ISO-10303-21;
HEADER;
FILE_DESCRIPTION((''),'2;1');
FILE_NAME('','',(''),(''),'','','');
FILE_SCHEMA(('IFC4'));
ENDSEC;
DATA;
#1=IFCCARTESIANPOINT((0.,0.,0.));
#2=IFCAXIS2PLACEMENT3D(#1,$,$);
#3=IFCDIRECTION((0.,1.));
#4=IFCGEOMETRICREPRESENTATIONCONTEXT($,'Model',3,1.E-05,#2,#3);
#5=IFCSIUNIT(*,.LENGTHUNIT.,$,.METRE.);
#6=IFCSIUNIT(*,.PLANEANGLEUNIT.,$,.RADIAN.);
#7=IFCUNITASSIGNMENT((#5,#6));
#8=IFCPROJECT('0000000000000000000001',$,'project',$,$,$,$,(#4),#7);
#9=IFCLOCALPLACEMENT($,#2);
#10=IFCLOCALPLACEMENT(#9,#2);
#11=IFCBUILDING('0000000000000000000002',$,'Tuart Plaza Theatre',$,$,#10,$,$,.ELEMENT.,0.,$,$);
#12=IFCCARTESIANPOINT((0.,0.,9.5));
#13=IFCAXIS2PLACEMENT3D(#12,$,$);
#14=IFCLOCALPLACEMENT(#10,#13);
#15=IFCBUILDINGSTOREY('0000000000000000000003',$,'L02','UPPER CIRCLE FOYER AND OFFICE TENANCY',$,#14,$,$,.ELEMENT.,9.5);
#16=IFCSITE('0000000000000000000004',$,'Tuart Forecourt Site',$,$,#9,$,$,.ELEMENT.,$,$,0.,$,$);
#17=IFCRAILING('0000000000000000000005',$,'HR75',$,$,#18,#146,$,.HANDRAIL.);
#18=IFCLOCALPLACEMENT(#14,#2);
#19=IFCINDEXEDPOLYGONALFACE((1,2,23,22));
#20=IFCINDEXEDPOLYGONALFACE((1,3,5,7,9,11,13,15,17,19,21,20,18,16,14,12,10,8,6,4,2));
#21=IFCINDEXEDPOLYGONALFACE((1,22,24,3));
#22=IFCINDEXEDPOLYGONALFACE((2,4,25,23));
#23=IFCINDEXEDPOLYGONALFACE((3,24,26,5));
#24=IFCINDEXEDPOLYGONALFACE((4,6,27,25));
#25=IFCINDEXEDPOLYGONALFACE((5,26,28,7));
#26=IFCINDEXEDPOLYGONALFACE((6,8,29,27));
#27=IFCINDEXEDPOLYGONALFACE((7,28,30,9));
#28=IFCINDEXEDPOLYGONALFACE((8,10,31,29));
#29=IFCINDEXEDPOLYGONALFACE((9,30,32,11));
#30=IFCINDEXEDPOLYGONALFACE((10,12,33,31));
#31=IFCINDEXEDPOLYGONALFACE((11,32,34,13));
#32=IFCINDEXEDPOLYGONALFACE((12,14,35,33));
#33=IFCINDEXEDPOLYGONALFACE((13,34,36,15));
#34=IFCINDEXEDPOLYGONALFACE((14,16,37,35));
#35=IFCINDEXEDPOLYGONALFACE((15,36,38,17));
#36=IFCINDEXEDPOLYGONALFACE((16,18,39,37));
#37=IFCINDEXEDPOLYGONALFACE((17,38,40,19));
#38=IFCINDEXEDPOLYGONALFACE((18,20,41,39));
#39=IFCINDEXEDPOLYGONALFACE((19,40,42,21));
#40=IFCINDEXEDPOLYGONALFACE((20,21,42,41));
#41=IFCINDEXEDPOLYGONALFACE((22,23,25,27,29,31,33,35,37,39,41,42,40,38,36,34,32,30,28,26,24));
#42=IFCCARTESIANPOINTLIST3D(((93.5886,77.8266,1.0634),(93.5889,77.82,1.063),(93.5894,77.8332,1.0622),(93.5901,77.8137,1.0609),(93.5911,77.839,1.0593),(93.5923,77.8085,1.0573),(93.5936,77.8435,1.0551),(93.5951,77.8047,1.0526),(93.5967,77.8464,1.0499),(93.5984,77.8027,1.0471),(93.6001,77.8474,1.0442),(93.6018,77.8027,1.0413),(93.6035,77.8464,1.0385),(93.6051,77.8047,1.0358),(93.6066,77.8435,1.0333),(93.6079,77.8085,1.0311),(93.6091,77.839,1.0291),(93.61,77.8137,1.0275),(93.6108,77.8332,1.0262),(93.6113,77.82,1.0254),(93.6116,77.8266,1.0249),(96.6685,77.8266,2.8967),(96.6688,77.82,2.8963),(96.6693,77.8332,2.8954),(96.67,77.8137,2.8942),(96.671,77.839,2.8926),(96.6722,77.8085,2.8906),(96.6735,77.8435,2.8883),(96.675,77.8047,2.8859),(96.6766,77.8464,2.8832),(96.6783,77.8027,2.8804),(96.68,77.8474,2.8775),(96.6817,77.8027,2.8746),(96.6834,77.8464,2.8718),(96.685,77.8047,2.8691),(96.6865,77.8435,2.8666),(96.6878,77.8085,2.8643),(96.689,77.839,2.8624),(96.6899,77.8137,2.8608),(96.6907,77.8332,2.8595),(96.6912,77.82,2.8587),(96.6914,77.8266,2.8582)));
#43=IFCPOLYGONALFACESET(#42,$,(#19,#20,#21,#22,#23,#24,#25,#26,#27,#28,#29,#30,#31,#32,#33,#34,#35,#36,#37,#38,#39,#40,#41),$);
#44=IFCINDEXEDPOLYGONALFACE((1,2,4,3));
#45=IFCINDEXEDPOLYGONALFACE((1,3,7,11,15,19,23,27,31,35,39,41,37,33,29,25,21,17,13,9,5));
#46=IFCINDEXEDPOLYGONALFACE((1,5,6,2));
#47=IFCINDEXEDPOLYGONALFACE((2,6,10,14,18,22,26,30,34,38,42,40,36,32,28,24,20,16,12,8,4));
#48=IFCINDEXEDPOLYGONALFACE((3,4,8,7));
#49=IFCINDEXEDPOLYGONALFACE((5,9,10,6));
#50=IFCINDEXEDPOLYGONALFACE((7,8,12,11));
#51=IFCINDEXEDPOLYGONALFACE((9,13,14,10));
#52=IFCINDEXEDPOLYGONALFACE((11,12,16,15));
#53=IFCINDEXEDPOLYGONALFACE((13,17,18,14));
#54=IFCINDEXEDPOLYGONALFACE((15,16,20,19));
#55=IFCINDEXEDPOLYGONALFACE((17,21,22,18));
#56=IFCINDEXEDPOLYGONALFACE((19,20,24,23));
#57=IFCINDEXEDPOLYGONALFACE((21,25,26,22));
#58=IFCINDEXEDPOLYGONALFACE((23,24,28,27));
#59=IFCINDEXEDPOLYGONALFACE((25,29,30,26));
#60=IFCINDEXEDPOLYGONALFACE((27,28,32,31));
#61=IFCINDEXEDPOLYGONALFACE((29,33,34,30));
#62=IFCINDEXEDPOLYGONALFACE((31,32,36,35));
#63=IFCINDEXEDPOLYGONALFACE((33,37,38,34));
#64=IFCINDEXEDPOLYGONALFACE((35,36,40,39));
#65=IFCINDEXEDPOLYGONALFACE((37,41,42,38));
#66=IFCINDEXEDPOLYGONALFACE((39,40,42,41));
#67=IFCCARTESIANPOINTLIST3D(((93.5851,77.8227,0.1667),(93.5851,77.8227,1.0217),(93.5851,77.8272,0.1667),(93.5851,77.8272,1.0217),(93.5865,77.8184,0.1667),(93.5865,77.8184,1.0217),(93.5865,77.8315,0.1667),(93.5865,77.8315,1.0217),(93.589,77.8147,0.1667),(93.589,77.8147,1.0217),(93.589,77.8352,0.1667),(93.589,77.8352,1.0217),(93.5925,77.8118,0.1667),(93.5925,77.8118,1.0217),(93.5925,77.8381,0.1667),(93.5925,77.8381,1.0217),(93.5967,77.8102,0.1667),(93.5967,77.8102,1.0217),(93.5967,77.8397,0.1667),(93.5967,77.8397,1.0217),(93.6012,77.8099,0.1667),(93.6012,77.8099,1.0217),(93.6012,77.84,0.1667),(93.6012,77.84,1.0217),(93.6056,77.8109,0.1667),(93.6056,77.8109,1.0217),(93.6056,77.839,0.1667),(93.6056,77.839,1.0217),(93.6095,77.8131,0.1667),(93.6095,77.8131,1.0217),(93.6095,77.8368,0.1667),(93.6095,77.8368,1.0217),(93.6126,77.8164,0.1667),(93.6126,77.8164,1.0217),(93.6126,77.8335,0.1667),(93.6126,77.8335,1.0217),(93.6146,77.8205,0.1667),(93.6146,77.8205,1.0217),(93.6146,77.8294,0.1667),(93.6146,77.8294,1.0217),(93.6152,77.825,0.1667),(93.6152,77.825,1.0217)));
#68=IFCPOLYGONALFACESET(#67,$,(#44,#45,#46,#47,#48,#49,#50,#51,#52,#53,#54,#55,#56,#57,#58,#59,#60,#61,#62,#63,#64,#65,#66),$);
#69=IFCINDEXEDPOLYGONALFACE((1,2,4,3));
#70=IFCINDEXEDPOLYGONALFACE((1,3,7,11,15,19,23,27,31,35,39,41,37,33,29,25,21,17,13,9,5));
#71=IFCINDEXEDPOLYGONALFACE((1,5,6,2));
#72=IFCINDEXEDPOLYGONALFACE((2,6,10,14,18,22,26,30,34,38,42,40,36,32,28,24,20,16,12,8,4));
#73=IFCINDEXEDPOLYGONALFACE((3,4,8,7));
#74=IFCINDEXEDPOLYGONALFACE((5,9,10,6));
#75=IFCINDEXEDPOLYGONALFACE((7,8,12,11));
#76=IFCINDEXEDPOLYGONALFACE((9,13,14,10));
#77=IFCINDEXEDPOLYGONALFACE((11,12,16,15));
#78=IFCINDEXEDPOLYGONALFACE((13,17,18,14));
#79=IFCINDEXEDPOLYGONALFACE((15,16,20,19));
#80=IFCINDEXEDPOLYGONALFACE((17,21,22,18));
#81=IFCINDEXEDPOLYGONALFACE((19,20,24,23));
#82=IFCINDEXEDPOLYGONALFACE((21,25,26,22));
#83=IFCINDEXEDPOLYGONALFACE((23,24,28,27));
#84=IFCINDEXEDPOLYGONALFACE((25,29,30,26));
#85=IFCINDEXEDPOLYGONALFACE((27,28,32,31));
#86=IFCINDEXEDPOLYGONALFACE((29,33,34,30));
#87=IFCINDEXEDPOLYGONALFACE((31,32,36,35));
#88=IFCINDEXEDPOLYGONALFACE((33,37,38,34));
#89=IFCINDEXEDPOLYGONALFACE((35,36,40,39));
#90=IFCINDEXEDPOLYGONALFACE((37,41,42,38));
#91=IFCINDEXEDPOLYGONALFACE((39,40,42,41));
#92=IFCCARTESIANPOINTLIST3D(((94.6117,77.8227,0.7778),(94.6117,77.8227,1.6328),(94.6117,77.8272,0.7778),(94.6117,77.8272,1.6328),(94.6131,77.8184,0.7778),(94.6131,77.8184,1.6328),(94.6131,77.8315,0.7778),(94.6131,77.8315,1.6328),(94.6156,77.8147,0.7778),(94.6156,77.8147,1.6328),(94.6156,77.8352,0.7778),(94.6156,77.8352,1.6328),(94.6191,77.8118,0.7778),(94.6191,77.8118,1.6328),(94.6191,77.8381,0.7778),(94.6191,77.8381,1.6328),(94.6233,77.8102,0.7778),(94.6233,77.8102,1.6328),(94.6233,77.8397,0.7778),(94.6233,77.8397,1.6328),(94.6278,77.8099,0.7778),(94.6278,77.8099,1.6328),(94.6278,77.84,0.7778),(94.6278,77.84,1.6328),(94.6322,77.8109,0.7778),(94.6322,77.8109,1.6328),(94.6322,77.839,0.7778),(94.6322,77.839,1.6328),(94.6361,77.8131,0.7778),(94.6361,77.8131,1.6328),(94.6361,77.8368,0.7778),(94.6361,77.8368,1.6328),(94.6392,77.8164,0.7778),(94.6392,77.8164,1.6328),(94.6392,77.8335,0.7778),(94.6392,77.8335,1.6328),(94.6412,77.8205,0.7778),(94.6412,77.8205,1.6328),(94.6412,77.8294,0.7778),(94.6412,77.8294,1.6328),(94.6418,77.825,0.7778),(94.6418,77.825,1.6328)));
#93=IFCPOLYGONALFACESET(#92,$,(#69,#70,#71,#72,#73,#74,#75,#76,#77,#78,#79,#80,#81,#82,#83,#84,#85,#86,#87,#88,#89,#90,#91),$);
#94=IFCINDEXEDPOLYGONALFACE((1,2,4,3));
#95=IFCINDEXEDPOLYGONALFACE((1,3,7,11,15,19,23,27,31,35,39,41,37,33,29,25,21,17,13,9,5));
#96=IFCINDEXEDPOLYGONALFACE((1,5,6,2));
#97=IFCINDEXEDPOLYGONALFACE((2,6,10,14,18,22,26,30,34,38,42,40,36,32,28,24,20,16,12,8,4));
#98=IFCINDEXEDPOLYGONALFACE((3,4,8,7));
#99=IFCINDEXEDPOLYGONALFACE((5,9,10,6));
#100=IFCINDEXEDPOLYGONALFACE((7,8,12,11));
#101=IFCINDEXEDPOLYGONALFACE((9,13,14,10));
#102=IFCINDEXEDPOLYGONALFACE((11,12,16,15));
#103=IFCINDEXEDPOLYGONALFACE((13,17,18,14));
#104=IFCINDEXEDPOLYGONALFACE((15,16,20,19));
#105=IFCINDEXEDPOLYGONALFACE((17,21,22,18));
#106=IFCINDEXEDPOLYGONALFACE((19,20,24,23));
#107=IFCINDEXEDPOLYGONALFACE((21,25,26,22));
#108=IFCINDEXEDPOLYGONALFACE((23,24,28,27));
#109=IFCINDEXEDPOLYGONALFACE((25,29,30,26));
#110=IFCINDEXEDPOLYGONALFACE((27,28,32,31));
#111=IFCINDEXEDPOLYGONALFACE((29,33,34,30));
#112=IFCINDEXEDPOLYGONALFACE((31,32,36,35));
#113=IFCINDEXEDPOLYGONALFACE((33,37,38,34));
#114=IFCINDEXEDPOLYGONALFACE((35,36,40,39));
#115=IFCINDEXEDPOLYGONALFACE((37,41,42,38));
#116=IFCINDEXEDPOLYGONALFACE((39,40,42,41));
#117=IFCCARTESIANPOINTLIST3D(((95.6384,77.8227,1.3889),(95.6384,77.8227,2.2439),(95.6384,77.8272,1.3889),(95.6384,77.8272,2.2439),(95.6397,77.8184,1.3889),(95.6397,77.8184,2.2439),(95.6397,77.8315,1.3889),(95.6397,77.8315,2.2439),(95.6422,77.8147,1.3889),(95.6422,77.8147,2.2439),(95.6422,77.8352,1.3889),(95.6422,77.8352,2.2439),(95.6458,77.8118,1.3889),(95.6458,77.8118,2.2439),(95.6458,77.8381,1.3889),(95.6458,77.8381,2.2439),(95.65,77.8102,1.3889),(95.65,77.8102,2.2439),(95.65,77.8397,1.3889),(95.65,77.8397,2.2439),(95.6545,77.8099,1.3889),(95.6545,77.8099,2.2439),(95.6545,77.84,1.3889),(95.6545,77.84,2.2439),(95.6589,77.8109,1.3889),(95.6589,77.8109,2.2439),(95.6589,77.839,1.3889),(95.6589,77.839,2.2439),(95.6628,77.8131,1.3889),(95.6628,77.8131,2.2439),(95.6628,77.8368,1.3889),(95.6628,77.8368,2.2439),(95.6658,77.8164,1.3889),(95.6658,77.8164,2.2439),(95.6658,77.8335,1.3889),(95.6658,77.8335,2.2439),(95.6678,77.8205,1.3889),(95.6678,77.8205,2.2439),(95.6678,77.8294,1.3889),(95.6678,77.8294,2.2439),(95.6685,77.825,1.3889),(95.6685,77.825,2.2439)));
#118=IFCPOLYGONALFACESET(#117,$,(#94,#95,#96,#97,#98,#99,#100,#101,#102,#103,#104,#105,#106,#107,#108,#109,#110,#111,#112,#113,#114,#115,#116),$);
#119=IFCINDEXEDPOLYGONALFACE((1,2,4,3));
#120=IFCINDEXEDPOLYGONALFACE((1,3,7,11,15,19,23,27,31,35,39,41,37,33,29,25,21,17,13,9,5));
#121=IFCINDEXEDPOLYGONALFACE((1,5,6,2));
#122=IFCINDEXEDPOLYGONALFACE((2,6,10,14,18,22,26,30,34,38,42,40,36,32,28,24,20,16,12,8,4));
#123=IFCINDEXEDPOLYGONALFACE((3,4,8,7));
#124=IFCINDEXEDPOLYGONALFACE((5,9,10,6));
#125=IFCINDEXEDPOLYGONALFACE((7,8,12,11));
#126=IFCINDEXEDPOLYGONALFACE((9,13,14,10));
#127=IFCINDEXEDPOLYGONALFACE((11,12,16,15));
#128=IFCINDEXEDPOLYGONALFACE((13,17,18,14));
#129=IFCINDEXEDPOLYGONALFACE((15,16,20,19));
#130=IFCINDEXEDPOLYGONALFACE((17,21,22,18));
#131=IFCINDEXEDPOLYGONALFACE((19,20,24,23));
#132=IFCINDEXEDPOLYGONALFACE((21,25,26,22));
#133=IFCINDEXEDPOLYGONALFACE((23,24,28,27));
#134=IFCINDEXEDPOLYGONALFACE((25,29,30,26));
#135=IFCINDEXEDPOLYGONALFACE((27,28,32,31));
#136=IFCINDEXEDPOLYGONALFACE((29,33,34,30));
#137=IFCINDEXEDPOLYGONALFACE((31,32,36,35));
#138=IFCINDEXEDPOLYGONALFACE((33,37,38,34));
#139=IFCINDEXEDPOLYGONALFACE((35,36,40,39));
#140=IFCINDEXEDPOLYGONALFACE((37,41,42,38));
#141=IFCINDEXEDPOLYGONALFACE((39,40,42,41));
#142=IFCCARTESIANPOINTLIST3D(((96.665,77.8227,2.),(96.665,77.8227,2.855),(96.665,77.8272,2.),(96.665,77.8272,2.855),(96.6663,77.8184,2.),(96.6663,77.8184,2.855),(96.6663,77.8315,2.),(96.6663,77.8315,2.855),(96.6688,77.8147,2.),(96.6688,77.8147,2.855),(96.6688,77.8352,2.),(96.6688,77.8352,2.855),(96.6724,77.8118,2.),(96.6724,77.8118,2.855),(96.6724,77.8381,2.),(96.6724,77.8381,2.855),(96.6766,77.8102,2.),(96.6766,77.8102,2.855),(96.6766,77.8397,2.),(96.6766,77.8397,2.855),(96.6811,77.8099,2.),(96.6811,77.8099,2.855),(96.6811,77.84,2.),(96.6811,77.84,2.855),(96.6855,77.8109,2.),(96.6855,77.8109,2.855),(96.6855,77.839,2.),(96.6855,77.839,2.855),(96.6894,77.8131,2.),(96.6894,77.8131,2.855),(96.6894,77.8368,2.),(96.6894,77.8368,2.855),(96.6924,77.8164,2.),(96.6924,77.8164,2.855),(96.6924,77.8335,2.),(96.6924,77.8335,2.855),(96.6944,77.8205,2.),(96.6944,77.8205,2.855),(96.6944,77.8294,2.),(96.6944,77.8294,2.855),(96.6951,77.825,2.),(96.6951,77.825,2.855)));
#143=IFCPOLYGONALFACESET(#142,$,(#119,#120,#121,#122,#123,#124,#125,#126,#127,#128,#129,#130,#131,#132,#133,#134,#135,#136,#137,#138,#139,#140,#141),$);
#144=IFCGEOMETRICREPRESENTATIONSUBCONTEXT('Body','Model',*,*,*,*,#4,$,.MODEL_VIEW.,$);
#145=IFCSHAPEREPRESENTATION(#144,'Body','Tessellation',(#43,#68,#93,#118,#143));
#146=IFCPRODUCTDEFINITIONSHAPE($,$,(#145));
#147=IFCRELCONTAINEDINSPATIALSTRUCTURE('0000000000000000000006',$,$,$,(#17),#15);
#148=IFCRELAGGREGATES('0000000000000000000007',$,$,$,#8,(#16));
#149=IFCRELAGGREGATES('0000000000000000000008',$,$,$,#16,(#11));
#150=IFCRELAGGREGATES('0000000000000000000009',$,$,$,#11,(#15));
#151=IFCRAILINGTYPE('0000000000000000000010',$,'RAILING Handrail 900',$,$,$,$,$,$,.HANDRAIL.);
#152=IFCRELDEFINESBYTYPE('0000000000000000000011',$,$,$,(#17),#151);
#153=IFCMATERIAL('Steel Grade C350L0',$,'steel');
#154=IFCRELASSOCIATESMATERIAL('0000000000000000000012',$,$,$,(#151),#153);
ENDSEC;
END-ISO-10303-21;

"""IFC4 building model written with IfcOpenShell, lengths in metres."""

from ifc_helpers import new_model, si_unit, direction, frame, origin, origin_2d, place, context, subcontext, project, spatial, circle, extrude, material, type_object, element, save


model = new_model("IFC4")

# Units and contexts
model_context = context("Model", 3, precision=1e-05, world=origin(), true_north=direction((0.0, 1.0)))
body_context = subcontext(model_context, "Body", "Model", "MODEL_VIEW")
ifc_project = project(units=[si_unit("LENGTHUNIT", "METRE"), si_unit("PLANEANGLEUNIT", "RADIAN")], contexts=[model_context])

# Site, building, storey
site_placement = place(None, origin())
site = spatial("IfcSite", under=ifc_project, at=site_placement, Name="Tuart Forecourt Site", CompositionType="ELEMENT", RefElevation=0.0)
building_placement = place(site_placement, origin())
building = spatial("IfcBuilding", under=site, at=building_placement, Name="Tuart Plaza Theatre", CompositionType="ELEMENT", ElevationOfRefHeight=0.0)
storey_placement = place(building_placement, frame((0.0, 0.0, 9.5)))
storey = spatial("IfcBuildingStorey", under=building, at=storey_placement, Name="L02", Description="UPPER CIRCLE FOYER AND OFFICE TENANCY", CompositionType="ELEMENT", Elevation=9.5)

# Railing
ifc_material_1 = material(Name="Steel Grade C350L0", Category="steel")
railing_type_1 = type_object("IfcRailingType", Name="RAILING Handrail 900", PredefinedType="HANDRAIL", material=ifc_material_1)
for number, where, name in (
    (1, (93.6001, 77.825, 0.1667), "HR75"),
):
    element("IfcRailing", number, at=place(storey_placement, frame(where)), inside=storey, type_object=railing_type_1, Name=name, PredefinedType="HANDRAIL", context=body_context, shape_type="SweptSolid", body=[
        extrude(circle(Radius=0.0225, at=origin_2d()), frame((0.0, 0.0, 0.8774), z_axis=(0.859291, 0.0, 0.511487), x_axis=(0.0, 1.0, 0.0)), (0.0, 0.0, 1.0), 3.5842),
        extrude(circle(Radius=0.0151, at=origin_2d()), origin(), (0.0, 0.0, 1.0), 0.855),
        extrude(circle(Radius=0.0151, at=origin_2d()), frame((1.0266, 0.0, 0.6111)), (0.0, 0.0, 1.0), 0.855),
        extrude(circle(Radius=0.0151, at=origin_2d()), frame((2.0532, 0.0, 1.2222)), (0.0, 0.0, 1.0), 0.855),
        extrude(circle(Radius=0.0151, at=origin_2d()), frame((3.0798, 0.0, 1.8333)), (0.0, 0.0, 1.0), 0.855),
    ])

save(model, "model.ifc")
